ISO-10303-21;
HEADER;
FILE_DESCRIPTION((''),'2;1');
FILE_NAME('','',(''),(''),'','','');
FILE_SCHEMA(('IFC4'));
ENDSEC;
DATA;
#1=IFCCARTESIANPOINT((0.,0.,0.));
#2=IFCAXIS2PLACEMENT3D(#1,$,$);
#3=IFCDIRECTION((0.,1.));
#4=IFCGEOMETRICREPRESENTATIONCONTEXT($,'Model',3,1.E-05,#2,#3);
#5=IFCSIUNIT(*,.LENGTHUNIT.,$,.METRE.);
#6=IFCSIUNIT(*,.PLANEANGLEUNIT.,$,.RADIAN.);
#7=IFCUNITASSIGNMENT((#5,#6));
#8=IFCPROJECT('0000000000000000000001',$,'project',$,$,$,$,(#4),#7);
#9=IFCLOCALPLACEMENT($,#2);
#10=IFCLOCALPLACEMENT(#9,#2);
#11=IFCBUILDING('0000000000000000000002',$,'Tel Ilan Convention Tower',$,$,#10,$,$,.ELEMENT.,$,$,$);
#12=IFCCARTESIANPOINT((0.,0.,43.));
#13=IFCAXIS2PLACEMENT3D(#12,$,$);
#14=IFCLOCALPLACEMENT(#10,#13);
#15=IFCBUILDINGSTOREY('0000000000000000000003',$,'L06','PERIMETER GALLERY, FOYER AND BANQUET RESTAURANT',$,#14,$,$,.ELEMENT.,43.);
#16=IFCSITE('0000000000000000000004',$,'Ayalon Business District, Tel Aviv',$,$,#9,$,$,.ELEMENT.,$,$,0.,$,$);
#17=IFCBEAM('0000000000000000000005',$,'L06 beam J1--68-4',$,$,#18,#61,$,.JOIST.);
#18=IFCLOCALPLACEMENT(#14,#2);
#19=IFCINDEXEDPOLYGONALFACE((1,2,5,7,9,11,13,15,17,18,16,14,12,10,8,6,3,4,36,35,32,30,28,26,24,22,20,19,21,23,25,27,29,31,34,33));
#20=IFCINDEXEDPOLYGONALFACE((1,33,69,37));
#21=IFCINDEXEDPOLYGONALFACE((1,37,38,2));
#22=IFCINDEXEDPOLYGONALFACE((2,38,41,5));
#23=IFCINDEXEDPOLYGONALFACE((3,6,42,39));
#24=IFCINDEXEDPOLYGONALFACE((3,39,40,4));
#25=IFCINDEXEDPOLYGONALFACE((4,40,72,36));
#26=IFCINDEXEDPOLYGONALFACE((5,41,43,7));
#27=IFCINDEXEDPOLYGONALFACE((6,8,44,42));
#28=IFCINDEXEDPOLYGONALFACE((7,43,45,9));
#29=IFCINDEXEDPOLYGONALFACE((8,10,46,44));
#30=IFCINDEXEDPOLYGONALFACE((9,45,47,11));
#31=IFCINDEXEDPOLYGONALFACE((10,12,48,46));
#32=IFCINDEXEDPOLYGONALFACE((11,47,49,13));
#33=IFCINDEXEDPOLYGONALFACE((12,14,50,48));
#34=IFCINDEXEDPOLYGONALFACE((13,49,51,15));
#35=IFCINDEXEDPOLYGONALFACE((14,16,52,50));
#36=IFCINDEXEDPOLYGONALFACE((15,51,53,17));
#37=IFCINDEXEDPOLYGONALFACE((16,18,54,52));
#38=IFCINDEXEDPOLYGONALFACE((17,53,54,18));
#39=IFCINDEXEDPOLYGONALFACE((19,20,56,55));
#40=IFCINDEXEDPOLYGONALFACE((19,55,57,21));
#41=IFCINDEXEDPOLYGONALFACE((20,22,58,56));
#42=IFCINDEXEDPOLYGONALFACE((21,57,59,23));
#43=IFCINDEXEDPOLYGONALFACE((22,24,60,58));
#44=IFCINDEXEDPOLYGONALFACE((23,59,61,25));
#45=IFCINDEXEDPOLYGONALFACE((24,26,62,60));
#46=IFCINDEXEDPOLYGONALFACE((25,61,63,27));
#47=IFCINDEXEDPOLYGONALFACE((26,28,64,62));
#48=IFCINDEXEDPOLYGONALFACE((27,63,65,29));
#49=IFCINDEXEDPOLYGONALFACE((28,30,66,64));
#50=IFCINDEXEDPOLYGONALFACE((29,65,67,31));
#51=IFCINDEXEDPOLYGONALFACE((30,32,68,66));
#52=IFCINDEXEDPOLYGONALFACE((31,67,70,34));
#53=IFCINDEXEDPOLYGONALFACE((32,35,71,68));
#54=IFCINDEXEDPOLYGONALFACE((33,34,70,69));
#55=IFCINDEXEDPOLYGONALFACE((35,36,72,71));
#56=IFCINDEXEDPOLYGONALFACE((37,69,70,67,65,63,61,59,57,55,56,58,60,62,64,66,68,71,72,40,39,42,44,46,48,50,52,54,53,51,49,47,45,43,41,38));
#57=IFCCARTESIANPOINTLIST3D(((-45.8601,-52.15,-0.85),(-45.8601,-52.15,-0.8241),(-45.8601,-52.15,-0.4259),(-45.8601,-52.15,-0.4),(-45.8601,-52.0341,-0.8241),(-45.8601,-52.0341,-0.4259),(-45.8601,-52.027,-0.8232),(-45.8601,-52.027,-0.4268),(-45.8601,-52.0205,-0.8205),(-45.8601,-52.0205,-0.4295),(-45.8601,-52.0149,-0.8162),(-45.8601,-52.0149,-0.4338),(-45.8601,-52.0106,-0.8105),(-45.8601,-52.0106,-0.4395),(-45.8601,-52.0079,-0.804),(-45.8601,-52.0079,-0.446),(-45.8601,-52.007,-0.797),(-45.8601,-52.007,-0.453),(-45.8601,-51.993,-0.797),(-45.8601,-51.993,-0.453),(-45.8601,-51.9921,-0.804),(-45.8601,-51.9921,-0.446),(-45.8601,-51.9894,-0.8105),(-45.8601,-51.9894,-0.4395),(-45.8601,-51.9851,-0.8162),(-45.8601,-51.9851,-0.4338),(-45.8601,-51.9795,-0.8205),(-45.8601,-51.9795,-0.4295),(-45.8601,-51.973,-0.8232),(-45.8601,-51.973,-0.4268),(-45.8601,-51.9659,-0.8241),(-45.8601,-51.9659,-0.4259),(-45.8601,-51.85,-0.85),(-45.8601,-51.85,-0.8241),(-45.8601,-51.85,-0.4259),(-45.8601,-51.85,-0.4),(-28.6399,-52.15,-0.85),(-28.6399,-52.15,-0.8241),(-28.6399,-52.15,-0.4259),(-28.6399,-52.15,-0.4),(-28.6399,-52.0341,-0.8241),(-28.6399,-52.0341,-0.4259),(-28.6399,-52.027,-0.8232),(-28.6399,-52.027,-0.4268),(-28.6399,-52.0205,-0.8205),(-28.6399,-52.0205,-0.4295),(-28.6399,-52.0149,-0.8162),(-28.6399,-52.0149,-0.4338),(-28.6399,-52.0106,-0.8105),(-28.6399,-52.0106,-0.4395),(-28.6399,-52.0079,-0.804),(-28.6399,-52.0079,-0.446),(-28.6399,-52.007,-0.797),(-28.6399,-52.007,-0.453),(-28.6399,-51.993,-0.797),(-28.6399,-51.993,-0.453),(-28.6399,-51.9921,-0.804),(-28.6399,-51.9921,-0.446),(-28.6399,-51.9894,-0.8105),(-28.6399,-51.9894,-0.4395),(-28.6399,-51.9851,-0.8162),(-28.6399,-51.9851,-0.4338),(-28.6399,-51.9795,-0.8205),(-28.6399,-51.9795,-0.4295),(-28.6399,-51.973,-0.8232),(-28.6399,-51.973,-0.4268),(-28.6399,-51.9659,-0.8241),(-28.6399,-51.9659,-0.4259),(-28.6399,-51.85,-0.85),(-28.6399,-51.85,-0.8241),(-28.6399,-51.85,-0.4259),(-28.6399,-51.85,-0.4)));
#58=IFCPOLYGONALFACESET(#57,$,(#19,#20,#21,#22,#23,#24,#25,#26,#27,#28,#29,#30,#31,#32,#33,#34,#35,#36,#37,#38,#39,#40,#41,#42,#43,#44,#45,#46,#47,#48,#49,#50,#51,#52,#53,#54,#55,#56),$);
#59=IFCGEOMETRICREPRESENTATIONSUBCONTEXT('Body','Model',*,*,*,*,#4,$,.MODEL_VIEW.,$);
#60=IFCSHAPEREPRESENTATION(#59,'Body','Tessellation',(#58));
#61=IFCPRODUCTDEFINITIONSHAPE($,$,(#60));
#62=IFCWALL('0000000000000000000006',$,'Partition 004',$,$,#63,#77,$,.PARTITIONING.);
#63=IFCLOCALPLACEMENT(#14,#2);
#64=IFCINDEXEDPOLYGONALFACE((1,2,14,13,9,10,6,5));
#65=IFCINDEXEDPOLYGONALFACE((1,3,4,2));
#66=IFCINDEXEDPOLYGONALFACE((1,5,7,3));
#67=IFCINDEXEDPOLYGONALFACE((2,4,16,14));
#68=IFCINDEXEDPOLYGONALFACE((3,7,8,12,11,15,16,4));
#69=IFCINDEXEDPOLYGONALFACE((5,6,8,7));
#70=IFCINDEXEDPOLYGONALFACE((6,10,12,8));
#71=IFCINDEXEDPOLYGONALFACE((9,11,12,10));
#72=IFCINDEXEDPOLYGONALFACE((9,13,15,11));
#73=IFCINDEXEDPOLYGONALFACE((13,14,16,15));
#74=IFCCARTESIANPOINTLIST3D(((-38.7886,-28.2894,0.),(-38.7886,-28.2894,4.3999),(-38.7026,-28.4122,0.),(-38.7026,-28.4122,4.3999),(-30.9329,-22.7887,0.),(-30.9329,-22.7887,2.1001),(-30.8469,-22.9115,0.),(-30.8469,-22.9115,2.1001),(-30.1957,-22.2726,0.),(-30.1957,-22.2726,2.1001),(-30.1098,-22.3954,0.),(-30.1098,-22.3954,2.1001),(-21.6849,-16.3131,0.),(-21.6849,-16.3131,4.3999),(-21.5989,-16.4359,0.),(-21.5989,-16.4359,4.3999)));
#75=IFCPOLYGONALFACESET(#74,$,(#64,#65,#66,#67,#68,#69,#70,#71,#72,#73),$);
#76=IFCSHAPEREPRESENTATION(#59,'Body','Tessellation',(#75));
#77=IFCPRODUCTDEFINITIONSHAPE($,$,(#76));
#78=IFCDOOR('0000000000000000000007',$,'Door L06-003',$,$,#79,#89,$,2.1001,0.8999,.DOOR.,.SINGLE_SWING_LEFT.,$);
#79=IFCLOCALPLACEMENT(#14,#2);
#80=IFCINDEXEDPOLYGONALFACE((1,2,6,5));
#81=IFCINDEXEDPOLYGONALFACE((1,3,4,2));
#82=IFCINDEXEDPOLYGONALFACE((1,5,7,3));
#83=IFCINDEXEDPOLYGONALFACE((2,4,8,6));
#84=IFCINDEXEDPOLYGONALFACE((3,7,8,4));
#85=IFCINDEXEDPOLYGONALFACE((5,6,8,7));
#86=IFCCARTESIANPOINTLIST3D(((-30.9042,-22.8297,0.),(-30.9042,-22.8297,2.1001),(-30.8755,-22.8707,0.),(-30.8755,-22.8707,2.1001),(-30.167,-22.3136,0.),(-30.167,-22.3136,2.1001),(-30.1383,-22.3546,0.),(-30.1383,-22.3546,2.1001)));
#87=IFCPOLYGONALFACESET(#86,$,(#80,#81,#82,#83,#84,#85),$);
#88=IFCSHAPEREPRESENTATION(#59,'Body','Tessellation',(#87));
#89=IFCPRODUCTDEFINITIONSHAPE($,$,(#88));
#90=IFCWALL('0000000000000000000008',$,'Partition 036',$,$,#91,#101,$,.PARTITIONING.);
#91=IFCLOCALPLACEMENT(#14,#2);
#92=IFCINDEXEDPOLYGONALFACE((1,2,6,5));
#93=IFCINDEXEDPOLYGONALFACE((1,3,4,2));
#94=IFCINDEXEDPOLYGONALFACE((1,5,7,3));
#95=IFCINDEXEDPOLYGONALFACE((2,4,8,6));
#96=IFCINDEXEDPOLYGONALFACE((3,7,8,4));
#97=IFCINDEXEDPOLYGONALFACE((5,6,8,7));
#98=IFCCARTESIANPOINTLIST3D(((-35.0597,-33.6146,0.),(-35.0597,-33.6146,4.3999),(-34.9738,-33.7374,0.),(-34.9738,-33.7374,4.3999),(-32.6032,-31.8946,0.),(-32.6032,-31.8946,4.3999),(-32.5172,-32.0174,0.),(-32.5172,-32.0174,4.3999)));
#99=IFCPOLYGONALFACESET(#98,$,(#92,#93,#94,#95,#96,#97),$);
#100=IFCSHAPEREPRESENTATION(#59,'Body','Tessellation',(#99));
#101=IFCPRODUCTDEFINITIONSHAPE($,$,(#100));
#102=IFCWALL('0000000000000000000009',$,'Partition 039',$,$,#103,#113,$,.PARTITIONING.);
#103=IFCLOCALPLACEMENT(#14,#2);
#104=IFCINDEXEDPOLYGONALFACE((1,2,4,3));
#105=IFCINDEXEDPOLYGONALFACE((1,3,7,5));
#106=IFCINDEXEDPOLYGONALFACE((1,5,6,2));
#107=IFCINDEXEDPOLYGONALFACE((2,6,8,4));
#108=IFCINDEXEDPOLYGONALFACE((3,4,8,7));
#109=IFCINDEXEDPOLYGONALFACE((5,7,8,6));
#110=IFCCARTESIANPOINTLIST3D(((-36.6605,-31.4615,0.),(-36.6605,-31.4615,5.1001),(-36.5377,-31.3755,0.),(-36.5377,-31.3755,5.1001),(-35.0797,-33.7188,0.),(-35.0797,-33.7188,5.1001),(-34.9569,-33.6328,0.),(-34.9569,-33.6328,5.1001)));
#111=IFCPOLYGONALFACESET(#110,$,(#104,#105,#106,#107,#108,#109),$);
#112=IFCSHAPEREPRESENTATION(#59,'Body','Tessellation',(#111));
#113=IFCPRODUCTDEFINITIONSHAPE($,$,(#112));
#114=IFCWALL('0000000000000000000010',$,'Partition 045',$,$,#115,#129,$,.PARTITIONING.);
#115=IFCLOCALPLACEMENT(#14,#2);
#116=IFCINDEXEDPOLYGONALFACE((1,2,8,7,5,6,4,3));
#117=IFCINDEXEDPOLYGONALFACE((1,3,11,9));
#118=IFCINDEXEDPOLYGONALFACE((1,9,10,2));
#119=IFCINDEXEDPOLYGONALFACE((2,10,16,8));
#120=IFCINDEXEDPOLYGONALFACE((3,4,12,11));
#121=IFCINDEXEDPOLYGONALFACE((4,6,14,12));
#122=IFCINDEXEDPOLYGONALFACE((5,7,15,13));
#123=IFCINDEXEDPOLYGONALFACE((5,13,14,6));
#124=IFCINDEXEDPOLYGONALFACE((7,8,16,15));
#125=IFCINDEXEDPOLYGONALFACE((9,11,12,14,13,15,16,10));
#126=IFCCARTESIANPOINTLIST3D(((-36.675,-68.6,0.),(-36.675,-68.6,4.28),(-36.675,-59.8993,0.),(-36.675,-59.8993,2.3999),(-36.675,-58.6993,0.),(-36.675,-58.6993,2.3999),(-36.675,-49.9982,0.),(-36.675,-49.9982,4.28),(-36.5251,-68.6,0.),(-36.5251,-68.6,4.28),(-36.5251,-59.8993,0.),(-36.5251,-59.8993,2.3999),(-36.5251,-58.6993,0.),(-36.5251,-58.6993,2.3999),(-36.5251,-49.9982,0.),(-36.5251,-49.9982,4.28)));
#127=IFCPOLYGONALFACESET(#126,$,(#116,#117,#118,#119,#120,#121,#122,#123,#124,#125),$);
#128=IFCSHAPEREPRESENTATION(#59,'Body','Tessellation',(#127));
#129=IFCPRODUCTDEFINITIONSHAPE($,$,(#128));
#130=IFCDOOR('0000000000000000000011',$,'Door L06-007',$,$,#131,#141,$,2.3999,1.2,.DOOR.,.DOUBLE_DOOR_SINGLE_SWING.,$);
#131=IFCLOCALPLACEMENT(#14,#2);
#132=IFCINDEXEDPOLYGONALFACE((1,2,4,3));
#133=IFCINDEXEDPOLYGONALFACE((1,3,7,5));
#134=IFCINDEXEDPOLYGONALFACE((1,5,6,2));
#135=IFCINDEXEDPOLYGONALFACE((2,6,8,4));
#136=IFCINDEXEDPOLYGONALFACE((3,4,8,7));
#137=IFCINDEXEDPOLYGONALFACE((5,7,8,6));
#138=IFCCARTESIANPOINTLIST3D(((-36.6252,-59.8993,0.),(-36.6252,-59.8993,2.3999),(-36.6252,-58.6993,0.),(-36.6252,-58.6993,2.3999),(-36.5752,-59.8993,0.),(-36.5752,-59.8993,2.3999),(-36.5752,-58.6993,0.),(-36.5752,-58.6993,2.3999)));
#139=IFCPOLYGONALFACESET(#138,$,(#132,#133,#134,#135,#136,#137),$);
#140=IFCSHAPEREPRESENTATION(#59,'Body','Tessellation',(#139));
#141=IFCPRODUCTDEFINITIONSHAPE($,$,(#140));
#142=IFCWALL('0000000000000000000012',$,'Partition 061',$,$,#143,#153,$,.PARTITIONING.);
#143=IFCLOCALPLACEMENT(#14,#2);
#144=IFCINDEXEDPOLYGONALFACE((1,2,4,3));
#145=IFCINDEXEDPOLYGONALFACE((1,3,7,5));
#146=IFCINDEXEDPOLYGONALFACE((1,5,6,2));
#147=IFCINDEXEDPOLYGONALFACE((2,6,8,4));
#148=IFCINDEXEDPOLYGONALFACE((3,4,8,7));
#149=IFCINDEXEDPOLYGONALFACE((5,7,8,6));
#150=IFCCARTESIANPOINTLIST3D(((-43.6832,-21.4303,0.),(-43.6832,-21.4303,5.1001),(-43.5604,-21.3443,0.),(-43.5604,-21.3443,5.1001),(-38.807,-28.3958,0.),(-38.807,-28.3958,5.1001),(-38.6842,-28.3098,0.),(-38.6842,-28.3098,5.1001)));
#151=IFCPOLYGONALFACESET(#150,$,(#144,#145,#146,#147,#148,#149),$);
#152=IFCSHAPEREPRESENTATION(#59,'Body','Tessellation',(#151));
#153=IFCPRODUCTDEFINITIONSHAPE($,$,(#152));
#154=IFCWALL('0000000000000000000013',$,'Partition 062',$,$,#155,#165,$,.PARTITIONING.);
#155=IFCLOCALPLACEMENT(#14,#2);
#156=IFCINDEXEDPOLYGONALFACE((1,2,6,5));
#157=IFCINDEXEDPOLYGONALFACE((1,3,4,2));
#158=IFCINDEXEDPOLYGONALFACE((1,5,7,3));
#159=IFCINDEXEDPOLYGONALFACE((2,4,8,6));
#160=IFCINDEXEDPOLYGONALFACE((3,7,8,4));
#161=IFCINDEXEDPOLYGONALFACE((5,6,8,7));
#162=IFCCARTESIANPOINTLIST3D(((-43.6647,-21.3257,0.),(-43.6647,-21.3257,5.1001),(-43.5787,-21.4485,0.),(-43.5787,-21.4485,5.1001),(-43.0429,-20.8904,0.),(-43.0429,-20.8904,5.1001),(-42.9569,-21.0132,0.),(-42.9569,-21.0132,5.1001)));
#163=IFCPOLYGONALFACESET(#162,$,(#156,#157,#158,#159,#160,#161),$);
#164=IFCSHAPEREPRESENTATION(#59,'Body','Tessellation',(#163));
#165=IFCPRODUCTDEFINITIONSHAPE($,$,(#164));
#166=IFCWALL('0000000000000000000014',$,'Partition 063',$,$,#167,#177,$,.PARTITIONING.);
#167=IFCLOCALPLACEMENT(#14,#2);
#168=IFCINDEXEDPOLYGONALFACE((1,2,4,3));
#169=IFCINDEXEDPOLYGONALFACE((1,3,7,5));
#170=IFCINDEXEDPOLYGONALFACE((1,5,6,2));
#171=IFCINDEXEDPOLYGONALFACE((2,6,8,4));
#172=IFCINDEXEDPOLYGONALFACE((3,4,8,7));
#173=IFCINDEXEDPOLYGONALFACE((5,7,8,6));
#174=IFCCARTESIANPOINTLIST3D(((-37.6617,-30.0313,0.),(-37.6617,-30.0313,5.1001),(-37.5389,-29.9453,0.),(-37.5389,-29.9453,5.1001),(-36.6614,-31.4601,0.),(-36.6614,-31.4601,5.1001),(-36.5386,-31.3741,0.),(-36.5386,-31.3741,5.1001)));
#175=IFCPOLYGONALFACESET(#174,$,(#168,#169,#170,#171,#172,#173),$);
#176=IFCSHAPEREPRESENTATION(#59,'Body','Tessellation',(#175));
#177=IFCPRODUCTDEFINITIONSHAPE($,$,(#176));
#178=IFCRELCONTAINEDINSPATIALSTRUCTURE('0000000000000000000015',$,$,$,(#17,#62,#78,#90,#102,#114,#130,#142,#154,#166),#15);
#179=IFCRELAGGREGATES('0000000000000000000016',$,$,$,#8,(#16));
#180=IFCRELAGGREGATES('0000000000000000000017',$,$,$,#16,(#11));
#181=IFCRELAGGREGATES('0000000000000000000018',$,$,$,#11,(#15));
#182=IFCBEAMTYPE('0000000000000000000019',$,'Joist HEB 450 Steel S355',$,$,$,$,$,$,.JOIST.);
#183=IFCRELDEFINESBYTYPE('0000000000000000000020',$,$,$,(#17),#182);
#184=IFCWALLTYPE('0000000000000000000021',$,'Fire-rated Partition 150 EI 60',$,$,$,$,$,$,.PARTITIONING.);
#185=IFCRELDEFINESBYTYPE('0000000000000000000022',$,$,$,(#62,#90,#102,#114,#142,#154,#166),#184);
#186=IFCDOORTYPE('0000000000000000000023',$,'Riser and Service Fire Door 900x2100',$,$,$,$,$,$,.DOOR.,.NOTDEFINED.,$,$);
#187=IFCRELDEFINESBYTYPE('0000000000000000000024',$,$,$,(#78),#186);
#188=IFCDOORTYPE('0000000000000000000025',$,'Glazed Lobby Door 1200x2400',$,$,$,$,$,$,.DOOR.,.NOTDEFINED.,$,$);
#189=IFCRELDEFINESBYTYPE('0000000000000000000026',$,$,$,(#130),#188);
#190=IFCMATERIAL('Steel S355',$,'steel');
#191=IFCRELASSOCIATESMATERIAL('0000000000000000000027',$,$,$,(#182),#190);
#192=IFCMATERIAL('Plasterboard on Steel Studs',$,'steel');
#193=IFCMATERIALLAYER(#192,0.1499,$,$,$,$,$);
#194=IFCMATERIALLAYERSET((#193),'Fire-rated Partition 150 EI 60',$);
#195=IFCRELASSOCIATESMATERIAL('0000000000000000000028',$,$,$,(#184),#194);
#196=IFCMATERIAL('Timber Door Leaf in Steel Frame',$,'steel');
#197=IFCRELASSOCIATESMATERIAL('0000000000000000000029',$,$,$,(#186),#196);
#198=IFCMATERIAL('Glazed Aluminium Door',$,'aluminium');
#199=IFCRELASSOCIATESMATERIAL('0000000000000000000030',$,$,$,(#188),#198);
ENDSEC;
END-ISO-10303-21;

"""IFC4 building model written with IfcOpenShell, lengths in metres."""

from ifc_helpers import new_model, si_unit, direction, frame, frame_2d, origin, origin_2d, place, context, subcontext, project, spatial, rectangle, i_section, extrude, material, layer, layer_set, material_profile, profile_set, type_object, element, fill, save


model = new_model("IFC4")

# Units and contexts
model_context = context("Model", 3, precision=1e-05, world=origin(), true_north=direction((0.0, 1.0)))
body_context = subcontext(model_context, "Body", "Model", "MODEL_VIEW")
ifc_project = project(units=[si_unit("LENGTHUNIT", "METRE"), si_unit("PLANEANGLEUNIT", "RADIAN")], contexts=[model_context])

# Site, building, storey
site_placement = place(None, origin())
site = spatial("IfcSite", under=ifc_project, at=site_placement, Name="Ayalon Business District, Tel Aviv", CompositionType="ELEMENT", RefElevation=0.0)
building_placement = place(site_placement, origin())
building = spatial("IfcBuilding", under=site, at=building_placement, Name="Tel Ilan Convention Tower", CompositionType="ELEMENT")
storey_placement = place(building_placement, frame((0.0, 0.0, 43.0)))
storey = spatial("IfcBuildingStorey", under=building, at=storey_placement, Name="L06", Description="PERIMETER GALLERY, FOYER AND BANQUET RESTAURANT", CompositionType="ELEMENT", Elevation=43.0)

# Beam
ifc_material_1 = material(Name="Steel S355", Category="steel")
ifc_material_profile_1 = material_profile(ifc_material_1, i_section(OverallWidth=0.3, OverallDepth=0.45, WebThickness=0.0139, FlangeThickness=0.0259, FilletRadius=0.0271, at=origin_2d()), Name="HEB 450")
ifc_profile_set_1 = profile_set([ifc_material_profile_1], Name="Steel S355")
beam_type_1 = type_object("IfcBeamType", Name="Joist HEB 450 Steel S355", PredefinedType="JOIST", material=ifc_profile_set_1)
beam_1_placement = place(storey_placement, frame((-45.8601, -52.0, -0.625), z_axis=(1.0, 0.0, 0.0), x_axis=(0.0, 1.0, 0.0)))
element("IfcBeam", 1, at=beam_1_placement, inside=storey, type_object=beam_type_1, Name="L06 beam J1--68-4", PredefinedType="JOIST", context=body_context, shape_type="SweptSolid", body=[
    extrude(i_section(OverallWidth=0.3, OverallDepth=0.45, WebThickness=0.0139, FlangeThickness=0.0259, FilletRadius=0.0271, at=origin_2d()), origin(), (0.0, 0.0, 1.0), 17.2202),
])

# Wall, opening, door
ifc_material_2 = material(Name="Plasterboard on Steel Studs", Category="steel")
ifc_layer_1 = layer(ifc_material_2, 0.1499)
ifc_layer_set_1 = layer_set([ifc_layer_1], Name="Fire-rated Partition 150 EI 60")
wall_type_1 = type_object("IfcWallType", Name="Fire-rated Partition 150 EI 60", PredefinedType="PARTITIONING", material=ifc_layer_set_1)
wall_1_placement = place(storey_placement, frame((-38.7456, -28.3508, 0.0), z_axis=(0.0, 0.0, 1.0), x_axis=(0.819149, 0.573581, 0.0)))
wall_1 = element("IfcWall", 2, at=wall_1_placement, inside=storey, type_object=wall_type_1, Name="Partition 004", PredefinedType="PARTITIONING", context=body_context, shape_type="SweptSolid", body=[
    extrude(rectangle(XDim=20.8799, YDim=0.1499, at=frame_2d((10.4399, 0.0))), origin(), (0.0, 0.0, 1.0), 4.3999),
])
opening_1_placement = place(wall_1_placement, frame((9.5901, 0.0, 0.0)))
opening_1 = element("IfcOpeningElement", 3, at=opening_1_placement, cuts=wall_1, PredefinedType="OPENING", context=body_context, shape_type="SweptSolid", body=[
    extrude(rectangle(XDim=0.8999, YDim=2.1001, at=frame_2d((0.45, 1.05))), frame((0.0, 0.085, 0.0), z_axis=(0.0, -1.0, 0.0), x_axis=(1.0, 0.0, 0.0)), (0.0, 0.0, 1.0), 0.1699),
])
ifc_material_3 = material(Name="Timber Door Leaf in Steel Frame", Category="steel")
door_type_1 = type_object("IfcDoorType", Name="Riser and Service Fire Door 900x2100", OperationType="NOTDEFINED", PredefinedType="DOOR", material=ifc_material_3)
door_1_placement = place(opening_1_placement, origin())
door_1 = element("IfcDoor", 4, at=door_1_placement, inside=storey, type_object=door_type_1, Name="Door L06-003", OperationType="SINGLE_SWING_LEFT", OverallHeight=2.1001, OverallWidth=0.8999, PredefinedType="DOOR", context=body_context, shape_type="SweptSolid", body=[
    extrude(rectangle(XDim=0.8999, YDim=2.1001, at=frame_2d((0.45, 1.05))), frame((0.0, 0.0249, 0.0), z_axis=(0.0, -1.0, 0.0), x_axis=(1.0, 0.0, 0.0)), (0.0, 0.0, 1.0), 0.05),
])
fill(opening_1, door_1)

# Walls
wall_2_placement = place(storey_placement, frame((-35.0168, -33.676, 0.0), z_axis=(0.0, 0.0, 1.0), x_axis=(0.819171, 0.57355, 0.0)))
element("IfcWall", 5, at=wall_2_placement, inside=storey, type_object=wall_type_1, Name="Partition 036", PredefinedType="PARTITIONING", context=body_context, shape_type="SweptSolid", body=[
    extrude(rectangle(XDim=2.9988, YDim=0.1499, at=frame_2d((1.4995, 0.0))), origin(), (0.0, 0.0, 1.0), 4.3999),
])
wall_3_placement = place(storey_placement, frame((-36.5991, -31.4185, 0.0), z_axis=(0.0, 0.0, 1.0), x_axis=(0.573629, -0.819115, 0.0)))
element("IfcWall", 6, at=wall_3_placement, inside=storey, type_object=wall_type_1, Name="Partition 039", PredefinedType="PARTITIONING", context=body_context, shape_type="SweptSolid", body=[
    extrude(rectangle(XDim=2.7559, YDim=0.1499, at=frame_2d((1.3779, 0.0))), origin(), (0.0, 0.0, 1.0), 5.1001),
])

# Wall, opening, door
wall_4_placement = place(storey_placement, frame((-36.6001, -49.9983, 0.0), z_axis=(0.0, 0.0, 1.0), x_axis=(0.0, -1.0, 0.0)))
wall_4 = element("IfcWall", 7, at=wall_4_placement, inside=storey, type_object=wall_type_1, Name="Partition 045", PredefinedType="PARTITIONING", context=body_context, shape_type="SweptSolid", body=[
    extrude(rectangle(XDim=18.6018, YDim=0.1499, at=frame_2d((9.3008, 0.0))), origin(), (0.0, 0.0, 1.0), 4.28),
])
opening_2_placement = place(wall_4_placement, frame((8.7009, 0.0, 0.0)))
opening_2 = element("IfcOpeningElement", 8, at=opening_2_placement, cuts=wall_4, PredefinedType="OPENING", context=body_context, shape_type="SweptSolid", body=[
    extrude(rectangle(XDim=1.2, YDim=2.3999, at=frame_2d((0.6001, 1.2))), frame((0.0, 0.085, 0.0), z_axis=(0.0, -1.0, 0.0), x_axis=(1.0, 0.0, 0.0)), (0.0, 0.0, 1.0), 0.1699),
])
ifc_material_4 = material(Name="Glazed Aluminium Door", Category="aluminium")
door_type_2 = type_object("IfcDoorType", Name="Glazed Lobby Door 1200x2400", OperationType="NOTDEFINED", PredefinedType="DOOR", material=ifc_material_4)
door_2_placement = place(opening_2_placement, origin())
door_2 = element("IfcDoor", 9, at=door_2_placement, inside=storey, type_object=door_type_2, Name="Door L06-007", OperationType="DOUBLE_DOOR_SINGLE_SWING", OverallHeight=2.3999, OverallWidth=1.2, PredefinedType="DOOR", context=body_context, shape_type="SweptSolid", body=[
    extrude(rectangle(XDim=1.2, YDim=2.3999, at=frame_2d((0.6001, 1.2))), frame((0.0, 0.0249, 0.0), z_axis=(0.0, -1.0, 0.0), x_axis=(1.0, 0.0, 0.0)), (0.0, 0.0, 1.0), 0.05),
])
fill(opening_2, door_2)

# Walls
wall_5_placement = place(storey_placement, frame((-43.6218, -21.3872, 0.0), z_axis=(0.0, 0.0, 1.0), x_axis=(0.573487, -0.819214, 0.0)))
element("IfcWall", 10, at=wall_5_placement, inside=storey, type_object=wall_type_1, Name="Partition 061", PredefinedType="PARTITIONING", context=body_context, shape_type="SweptSolid", body=[
    extrude(rectangle(XDim=8.5027, YDim=0.1499, at=frame_2d((4.2515, 0.0))), origin(), (0.0, 0.0, 1.0), 5.1001),
])
wall_6_placement = place(storey_placement, frame((-43.0, -20.9519, 0.0), z_axis=(0.0, 0.0, 1.0), x_axis=(-0.819217, -0.573484, 0.0)))
element("IfcWall", 11, at=wall_6_placement, inside=storey, type_object=wall_type_1, Name="Partition 062", PredefinedType="PARTITIONING", context=body_context, shape_type="SweptSolid", body=[
    extrude(rectangle(XDim=0.759, YDim=0.1499, at=frame_2d((0.3794, 0.0))), origin(), (0.0, 0.0, 1.0), 5.1001),
])
wall_7_placement = place(storey_placement, frame((-37.6003, -29.9883, 0.0), z_axis=(0.0, 0.0, 1.0), x_axis=(0.573519, -0.819192, 0.0)))
element("IfcWall", 12, at=wall_7_placement, inside=storey, type_object=wall_type_1, Name="Partition 063", PredefinedType="PARTITIONING", context=body_context, shape_type="SweptSolid", body=[
    extrude(rectangle(XDim=1.7441, YDim=0.1499, at=frame_2d((0.8721, 0.0))), origin(), (0.0, 0.0, 1.0), 5.1001),
])

save(model, "model.ifc")
